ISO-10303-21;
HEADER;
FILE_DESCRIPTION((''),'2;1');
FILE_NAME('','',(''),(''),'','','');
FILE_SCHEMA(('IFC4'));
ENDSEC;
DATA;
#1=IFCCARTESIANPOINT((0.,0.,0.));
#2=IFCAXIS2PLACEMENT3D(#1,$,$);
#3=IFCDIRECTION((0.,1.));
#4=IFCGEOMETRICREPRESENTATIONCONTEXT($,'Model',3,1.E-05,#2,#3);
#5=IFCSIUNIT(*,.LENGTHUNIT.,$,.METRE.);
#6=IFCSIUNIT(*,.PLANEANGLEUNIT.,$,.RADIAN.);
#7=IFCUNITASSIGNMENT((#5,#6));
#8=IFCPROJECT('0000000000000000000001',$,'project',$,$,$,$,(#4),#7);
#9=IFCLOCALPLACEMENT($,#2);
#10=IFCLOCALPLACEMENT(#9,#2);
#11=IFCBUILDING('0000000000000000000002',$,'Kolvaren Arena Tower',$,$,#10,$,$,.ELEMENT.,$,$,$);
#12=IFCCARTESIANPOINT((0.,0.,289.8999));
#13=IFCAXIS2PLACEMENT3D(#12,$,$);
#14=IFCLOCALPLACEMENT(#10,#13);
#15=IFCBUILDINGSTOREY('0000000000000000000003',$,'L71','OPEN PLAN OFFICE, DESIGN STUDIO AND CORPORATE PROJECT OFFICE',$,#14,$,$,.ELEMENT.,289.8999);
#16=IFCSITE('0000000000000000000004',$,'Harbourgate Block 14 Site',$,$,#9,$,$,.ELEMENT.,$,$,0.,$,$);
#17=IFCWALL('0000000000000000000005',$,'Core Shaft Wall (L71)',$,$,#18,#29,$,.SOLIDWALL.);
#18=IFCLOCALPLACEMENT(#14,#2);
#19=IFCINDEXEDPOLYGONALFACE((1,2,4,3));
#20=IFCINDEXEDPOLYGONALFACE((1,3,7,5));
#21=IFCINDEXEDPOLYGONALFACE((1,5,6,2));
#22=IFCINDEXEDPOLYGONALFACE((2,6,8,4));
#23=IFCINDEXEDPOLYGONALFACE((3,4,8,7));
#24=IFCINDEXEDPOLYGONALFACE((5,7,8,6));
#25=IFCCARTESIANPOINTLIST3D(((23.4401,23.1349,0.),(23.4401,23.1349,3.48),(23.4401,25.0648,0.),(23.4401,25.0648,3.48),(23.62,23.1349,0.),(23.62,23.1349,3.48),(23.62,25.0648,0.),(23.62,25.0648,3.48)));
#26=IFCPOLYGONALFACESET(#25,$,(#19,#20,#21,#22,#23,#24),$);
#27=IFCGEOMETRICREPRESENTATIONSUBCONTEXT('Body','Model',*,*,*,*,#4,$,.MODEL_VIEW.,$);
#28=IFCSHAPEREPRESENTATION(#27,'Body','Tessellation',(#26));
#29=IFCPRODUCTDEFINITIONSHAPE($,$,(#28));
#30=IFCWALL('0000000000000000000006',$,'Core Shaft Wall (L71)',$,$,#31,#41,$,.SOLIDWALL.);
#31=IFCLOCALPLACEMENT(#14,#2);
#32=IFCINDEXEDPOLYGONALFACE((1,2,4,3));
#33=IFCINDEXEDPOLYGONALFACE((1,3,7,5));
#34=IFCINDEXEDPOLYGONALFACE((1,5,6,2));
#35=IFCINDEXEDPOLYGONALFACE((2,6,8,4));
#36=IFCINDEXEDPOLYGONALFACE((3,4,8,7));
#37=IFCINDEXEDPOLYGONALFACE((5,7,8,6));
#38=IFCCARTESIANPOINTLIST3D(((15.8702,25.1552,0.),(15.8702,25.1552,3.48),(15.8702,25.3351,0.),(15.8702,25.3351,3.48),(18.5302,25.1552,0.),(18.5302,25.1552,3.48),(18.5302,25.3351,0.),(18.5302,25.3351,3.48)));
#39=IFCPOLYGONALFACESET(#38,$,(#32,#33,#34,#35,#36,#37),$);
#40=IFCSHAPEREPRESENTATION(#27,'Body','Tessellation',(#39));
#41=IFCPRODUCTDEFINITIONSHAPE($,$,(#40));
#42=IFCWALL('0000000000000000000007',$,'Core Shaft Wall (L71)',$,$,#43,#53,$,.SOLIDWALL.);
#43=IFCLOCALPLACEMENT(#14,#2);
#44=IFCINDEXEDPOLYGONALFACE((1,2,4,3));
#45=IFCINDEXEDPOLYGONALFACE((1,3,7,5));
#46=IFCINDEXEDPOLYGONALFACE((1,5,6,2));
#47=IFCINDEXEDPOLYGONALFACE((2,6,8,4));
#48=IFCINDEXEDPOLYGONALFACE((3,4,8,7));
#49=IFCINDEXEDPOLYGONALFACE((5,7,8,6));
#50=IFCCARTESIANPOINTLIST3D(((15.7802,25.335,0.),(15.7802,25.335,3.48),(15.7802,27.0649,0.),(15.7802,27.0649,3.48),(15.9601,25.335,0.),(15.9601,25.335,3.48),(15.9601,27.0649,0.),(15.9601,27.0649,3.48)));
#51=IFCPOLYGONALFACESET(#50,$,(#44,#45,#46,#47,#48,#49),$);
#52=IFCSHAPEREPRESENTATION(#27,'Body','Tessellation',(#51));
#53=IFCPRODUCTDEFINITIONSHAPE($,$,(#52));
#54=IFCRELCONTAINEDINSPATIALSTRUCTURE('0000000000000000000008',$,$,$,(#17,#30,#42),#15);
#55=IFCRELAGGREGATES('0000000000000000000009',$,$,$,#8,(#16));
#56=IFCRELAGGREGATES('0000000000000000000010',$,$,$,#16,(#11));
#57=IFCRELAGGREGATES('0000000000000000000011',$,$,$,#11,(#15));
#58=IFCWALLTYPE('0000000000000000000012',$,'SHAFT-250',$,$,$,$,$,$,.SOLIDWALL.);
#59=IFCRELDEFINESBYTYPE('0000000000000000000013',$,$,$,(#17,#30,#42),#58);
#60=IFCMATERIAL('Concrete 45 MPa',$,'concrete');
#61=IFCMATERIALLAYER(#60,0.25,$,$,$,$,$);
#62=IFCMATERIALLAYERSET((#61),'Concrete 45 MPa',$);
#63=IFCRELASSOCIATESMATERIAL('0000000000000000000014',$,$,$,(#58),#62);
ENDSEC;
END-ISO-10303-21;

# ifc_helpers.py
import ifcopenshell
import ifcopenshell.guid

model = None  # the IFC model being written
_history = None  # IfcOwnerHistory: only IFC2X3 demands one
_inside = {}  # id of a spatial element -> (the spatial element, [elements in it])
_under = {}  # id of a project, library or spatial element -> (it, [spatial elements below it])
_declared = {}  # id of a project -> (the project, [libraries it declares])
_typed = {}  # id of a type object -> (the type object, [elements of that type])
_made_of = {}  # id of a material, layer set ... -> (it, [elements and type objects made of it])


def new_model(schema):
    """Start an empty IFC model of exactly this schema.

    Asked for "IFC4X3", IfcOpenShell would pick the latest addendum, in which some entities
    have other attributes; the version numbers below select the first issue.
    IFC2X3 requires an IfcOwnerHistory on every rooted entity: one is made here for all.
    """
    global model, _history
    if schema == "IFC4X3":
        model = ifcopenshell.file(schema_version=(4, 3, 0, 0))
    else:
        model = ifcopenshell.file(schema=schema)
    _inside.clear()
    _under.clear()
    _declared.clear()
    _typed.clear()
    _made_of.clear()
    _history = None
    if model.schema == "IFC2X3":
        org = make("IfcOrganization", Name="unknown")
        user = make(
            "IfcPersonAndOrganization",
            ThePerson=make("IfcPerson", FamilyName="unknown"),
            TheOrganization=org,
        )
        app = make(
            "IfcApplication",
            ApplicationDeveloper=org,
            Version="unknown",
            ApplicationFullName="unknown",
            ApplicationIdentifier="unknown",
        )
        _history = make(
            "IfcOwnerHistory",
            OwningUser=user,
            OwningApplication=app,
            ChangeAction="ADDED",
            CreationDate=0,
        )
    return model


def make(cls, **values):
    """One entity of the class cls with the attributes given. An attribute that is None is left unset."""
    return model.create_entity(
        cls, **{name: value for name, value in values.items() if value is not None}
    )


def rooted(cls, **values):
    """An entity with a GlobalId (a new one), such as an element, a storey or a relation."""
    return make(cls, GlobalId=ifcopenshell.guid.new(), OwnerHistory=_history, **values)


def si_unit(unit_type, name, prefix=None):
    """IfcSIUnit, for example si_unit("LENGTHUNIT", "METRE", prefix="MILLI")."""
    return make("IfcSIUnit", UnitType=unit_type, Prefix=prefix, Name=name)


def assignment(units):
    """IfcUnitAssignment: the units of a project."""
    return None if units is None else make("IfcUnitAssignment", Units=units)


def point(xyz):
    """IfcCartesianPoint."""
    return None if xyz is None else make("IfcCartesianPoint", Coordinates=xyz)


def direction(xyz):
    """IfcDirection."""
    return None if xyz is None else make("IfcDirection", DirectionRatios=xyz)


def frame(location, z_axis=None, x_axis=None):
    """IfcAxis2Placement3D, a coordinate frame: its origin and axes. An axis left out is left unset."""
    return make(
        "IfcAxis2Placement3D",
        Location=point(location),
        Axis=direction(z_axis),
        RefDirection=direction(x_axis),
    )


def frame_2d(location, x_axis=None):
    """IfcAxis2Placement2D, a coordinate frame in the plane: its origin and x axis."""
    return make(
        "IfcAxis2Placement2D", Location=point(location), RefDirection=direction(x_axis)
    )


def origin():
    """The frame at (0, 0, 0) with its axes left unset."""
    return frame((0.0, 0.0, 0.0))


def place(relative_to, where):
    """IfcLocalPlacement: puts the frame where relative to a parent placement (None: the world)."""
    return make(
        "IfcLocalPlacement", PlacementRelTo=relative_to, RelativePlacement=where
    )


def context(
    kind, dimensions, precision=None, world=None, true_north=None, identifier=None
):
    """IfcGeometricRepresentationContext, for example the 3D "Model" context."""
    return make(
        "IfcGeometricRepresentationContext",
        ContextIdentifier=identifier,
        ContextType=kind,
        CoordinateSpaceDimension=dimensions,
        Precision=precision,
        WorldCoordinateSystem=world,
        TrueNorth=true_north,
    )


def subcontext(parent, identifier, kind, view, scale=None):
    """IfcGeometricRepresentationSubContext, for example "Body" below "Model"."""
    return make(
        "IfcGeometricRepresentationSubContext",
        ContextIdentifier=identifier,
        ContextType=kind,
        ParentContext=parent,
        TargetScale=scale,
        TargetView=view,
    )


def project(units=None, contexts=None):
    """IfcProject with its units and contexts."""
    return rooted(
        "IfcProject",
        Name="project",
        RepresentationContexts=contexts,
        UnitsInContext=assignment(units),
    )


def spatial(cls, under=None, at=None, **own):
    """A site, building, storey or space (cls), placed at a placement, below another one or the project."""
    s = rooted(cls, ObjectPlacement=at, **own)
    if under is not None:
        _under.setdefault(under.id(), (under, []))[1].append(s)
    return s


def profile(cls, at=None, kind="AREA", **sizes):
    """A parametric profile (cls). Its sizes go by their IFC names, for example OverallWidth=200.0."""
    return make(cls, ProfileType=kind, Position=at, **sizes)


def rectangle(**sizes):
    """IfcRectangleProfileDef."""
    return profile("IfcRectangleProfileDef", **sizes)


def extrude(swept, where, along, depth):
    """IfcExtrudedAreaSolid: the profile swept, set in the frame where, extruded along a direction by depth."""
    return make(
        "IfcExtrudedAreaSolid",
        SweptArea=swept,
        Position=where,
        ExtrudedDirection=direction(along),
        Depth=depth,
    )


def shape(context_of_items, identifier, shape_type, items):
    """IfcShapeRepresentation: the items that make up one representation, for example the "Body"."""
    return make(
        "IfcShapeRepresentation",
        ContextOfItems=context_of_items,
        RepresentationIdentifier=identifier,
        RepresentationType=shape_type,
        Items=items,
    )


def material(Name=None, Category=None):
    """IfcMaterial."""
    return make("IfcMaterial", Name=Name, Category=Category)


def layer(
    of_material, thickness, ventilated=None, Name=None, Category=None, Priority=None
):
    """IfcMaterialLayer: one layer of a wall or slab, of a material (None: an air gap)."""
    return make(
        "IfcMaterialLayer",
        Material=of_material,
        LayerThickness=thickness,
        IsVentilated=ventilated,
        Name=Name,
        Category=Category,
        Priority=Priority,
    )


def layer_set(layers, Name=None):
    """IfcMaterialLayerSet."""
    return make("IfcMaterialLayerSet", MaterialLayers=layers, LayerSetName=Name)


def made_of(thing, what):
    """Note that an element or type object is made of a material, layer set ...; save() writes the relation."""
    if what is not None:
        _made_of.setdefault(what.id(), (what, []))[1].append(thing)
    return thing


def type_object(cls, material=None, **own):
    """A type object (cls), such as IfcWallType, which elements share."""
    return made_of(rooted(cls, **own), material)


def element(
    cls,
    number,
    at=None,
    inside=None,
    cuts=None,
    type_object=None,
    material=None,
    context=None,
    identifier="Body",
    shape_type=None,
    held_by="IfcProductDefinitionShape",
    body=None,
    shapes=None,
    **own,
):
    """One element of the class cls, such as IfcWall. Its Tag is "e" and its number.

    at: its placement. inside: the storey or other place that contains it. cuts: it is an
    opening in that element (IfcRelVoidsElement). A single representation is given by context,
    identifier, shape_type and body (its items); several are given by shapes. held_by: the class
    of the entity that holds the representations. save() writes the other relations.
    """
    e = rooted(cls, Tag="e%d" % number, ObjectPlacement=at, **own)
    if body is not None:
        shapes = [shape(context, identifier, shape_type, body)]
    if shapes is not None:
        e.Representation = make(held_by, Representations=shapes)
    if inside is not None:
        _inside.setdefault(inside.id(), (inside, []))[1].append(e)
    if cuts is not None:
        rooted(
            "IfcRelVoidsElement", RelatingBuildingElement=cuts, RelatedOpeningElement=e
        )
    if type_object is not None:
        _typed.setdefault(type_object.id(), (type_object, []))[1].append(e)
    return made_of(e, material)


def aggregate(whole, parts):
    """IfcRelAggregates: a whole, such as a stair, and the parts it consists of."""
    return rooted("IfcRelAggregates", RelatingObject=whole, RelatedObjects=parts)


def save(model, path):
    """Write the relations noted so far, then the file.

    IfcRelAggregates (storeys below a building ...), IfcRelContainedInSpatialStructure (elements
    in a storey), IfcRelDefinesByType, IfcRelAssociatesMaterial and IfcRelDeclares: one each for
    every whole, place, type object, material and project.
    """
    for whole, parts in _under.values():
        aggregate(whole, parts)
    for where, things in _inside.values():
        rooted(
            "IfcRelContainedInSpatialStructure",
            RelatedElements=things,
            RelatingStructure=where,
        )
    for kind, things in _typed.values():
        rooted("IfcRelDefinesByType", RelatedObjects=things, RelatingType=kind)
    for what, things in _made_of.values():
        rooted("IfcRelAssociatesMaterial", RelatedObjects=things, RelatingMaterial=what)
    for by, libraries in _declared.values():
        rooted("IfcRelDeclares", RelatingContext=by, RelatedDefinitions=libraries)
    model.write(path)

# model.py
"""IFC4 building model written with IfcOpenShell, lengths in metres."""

from ifc_helpers import new_model, si_unit, direction, frame, frame_2d, origin, place, context, subcontext, project, spatial, rectangle, extrude, material, layer, layer_set, type_object, element, save


model = new_model("IFC4")

# Units and contexts
model_context = context("Model", 3, precision=1e-05, world=origin(), true_north=direction((0.0, 1.0)))
body_context = subcontext(model_context, "Body", "Model", "MODEL_VIEW")
ifc_project = project(units=[si_unit("LENGTHUNIT", "METRE"), si_unit("PLANEANGLEUNIT", "RADIAN")], contexts=[model_context])

# Site, building, storey
site_placement = place(None, origin())
site = spatial("IfcSite", under=ifc_project, at=site_placement, Name="Harbourgate Block 14 Site", CompositionType="ELEMENT", RefElevation=0.0)
building_placement = place(site_placement, origin())
building = spatial("IfcBuilding", under=site, at=building_placement, Name="Kolvaren Arena Tower", CompositionType="ELEMENT")
storey_placement = place(building_placement, frame((0.0, 0.0, 289.8999)))
storey = spatial("IfcBuildingStorey", under=building, at=storey_placement, Name="L71", Description="OPEN PLAN OFFICE, DESIGN STUDIO AND CORPORATE PROJECT OFFICE", CompositionType="ELEMENT", Elevation=289.8999)

# Walls
ifc_material_1 = material(Name="Concrete 45 MPa", Category="concrete")
ifc_layer_1 = layer(ifc_material_1, 0.25)
ifc_layer_set_1 = layer_set([ifc_layer_1], Name="Concrete 45 MPa")
wall_type_1 = type_object("IfcWallType", Name="SHAFT-250", PredefinedType="SOLIDWALL", material=ifc_layer_set_1)
for number, where, z_axis, x_axis, name in (
    (1, (23.53, 23.135, 0.0), (0.0, 0.0, 1.0), (0.0, 1.0, 0.0), "Core Shaft Wall (L71)"),
):
    element("IfcWall", number, at=place(storey_placement, frame(where, z_axis=z_axis, x_axis=x_axis)), inside=storey, type_object=wall_type_1, Name=name, PredefinedType="SOLIDWALL", context=body_context, shape_type="SweptSolid", body=[
        extrude(rectangle(XDim=1.9299, YDim=0.1799, at=frame_2d((0.9648, 0.0))), origin(), (0.0, 0.0, 1.0), 3.48),
    ])
wall_1_placement = place(storey_placement, frame((15.8701, 25.2451, 0.0), z_axis=(0.0, 0.0, 1.0), x_axis=(1.0, 0.0, 0.0)))
element("IfcWall", 2, at=wall_1_placement, inside=storey, type_object=wall_type_1, Name="Core Shaft Wall (L71)", PredefinedType="SOLIDWALL", context=body_context, shape_type="SweptSolid", body=[
    extrude(rectangle(XDim=2.6599, YDim=0.1799, at=frame_2d((1.3301, 0.0))), origin(), (0.0, 0.0, 1.0), 3.48),
])
wall_2_placement = place(storey_placement, frame((15.8701, 25.335, 0.0), z_axis=(0.0, 0.0, 1.0), x_axis=(0.0, 1.0, 0.0)))
element("IfcWall", 3, at=wall_2_placement, inside=storey, type_object=wall_type_1, Name="Core Shaft Wall (L71)", PredefinedType="SOLIDWALL", context=body_context, shape_type="SweptSolid", body=[
    extrude(rectangle(XDim=1.73, YDim=0.1799, at=frame_2d((0.865, 0.0))), origin(), (0.0, 0.0, 1.0), 3.48),
])

save(model, "model.ifc")
